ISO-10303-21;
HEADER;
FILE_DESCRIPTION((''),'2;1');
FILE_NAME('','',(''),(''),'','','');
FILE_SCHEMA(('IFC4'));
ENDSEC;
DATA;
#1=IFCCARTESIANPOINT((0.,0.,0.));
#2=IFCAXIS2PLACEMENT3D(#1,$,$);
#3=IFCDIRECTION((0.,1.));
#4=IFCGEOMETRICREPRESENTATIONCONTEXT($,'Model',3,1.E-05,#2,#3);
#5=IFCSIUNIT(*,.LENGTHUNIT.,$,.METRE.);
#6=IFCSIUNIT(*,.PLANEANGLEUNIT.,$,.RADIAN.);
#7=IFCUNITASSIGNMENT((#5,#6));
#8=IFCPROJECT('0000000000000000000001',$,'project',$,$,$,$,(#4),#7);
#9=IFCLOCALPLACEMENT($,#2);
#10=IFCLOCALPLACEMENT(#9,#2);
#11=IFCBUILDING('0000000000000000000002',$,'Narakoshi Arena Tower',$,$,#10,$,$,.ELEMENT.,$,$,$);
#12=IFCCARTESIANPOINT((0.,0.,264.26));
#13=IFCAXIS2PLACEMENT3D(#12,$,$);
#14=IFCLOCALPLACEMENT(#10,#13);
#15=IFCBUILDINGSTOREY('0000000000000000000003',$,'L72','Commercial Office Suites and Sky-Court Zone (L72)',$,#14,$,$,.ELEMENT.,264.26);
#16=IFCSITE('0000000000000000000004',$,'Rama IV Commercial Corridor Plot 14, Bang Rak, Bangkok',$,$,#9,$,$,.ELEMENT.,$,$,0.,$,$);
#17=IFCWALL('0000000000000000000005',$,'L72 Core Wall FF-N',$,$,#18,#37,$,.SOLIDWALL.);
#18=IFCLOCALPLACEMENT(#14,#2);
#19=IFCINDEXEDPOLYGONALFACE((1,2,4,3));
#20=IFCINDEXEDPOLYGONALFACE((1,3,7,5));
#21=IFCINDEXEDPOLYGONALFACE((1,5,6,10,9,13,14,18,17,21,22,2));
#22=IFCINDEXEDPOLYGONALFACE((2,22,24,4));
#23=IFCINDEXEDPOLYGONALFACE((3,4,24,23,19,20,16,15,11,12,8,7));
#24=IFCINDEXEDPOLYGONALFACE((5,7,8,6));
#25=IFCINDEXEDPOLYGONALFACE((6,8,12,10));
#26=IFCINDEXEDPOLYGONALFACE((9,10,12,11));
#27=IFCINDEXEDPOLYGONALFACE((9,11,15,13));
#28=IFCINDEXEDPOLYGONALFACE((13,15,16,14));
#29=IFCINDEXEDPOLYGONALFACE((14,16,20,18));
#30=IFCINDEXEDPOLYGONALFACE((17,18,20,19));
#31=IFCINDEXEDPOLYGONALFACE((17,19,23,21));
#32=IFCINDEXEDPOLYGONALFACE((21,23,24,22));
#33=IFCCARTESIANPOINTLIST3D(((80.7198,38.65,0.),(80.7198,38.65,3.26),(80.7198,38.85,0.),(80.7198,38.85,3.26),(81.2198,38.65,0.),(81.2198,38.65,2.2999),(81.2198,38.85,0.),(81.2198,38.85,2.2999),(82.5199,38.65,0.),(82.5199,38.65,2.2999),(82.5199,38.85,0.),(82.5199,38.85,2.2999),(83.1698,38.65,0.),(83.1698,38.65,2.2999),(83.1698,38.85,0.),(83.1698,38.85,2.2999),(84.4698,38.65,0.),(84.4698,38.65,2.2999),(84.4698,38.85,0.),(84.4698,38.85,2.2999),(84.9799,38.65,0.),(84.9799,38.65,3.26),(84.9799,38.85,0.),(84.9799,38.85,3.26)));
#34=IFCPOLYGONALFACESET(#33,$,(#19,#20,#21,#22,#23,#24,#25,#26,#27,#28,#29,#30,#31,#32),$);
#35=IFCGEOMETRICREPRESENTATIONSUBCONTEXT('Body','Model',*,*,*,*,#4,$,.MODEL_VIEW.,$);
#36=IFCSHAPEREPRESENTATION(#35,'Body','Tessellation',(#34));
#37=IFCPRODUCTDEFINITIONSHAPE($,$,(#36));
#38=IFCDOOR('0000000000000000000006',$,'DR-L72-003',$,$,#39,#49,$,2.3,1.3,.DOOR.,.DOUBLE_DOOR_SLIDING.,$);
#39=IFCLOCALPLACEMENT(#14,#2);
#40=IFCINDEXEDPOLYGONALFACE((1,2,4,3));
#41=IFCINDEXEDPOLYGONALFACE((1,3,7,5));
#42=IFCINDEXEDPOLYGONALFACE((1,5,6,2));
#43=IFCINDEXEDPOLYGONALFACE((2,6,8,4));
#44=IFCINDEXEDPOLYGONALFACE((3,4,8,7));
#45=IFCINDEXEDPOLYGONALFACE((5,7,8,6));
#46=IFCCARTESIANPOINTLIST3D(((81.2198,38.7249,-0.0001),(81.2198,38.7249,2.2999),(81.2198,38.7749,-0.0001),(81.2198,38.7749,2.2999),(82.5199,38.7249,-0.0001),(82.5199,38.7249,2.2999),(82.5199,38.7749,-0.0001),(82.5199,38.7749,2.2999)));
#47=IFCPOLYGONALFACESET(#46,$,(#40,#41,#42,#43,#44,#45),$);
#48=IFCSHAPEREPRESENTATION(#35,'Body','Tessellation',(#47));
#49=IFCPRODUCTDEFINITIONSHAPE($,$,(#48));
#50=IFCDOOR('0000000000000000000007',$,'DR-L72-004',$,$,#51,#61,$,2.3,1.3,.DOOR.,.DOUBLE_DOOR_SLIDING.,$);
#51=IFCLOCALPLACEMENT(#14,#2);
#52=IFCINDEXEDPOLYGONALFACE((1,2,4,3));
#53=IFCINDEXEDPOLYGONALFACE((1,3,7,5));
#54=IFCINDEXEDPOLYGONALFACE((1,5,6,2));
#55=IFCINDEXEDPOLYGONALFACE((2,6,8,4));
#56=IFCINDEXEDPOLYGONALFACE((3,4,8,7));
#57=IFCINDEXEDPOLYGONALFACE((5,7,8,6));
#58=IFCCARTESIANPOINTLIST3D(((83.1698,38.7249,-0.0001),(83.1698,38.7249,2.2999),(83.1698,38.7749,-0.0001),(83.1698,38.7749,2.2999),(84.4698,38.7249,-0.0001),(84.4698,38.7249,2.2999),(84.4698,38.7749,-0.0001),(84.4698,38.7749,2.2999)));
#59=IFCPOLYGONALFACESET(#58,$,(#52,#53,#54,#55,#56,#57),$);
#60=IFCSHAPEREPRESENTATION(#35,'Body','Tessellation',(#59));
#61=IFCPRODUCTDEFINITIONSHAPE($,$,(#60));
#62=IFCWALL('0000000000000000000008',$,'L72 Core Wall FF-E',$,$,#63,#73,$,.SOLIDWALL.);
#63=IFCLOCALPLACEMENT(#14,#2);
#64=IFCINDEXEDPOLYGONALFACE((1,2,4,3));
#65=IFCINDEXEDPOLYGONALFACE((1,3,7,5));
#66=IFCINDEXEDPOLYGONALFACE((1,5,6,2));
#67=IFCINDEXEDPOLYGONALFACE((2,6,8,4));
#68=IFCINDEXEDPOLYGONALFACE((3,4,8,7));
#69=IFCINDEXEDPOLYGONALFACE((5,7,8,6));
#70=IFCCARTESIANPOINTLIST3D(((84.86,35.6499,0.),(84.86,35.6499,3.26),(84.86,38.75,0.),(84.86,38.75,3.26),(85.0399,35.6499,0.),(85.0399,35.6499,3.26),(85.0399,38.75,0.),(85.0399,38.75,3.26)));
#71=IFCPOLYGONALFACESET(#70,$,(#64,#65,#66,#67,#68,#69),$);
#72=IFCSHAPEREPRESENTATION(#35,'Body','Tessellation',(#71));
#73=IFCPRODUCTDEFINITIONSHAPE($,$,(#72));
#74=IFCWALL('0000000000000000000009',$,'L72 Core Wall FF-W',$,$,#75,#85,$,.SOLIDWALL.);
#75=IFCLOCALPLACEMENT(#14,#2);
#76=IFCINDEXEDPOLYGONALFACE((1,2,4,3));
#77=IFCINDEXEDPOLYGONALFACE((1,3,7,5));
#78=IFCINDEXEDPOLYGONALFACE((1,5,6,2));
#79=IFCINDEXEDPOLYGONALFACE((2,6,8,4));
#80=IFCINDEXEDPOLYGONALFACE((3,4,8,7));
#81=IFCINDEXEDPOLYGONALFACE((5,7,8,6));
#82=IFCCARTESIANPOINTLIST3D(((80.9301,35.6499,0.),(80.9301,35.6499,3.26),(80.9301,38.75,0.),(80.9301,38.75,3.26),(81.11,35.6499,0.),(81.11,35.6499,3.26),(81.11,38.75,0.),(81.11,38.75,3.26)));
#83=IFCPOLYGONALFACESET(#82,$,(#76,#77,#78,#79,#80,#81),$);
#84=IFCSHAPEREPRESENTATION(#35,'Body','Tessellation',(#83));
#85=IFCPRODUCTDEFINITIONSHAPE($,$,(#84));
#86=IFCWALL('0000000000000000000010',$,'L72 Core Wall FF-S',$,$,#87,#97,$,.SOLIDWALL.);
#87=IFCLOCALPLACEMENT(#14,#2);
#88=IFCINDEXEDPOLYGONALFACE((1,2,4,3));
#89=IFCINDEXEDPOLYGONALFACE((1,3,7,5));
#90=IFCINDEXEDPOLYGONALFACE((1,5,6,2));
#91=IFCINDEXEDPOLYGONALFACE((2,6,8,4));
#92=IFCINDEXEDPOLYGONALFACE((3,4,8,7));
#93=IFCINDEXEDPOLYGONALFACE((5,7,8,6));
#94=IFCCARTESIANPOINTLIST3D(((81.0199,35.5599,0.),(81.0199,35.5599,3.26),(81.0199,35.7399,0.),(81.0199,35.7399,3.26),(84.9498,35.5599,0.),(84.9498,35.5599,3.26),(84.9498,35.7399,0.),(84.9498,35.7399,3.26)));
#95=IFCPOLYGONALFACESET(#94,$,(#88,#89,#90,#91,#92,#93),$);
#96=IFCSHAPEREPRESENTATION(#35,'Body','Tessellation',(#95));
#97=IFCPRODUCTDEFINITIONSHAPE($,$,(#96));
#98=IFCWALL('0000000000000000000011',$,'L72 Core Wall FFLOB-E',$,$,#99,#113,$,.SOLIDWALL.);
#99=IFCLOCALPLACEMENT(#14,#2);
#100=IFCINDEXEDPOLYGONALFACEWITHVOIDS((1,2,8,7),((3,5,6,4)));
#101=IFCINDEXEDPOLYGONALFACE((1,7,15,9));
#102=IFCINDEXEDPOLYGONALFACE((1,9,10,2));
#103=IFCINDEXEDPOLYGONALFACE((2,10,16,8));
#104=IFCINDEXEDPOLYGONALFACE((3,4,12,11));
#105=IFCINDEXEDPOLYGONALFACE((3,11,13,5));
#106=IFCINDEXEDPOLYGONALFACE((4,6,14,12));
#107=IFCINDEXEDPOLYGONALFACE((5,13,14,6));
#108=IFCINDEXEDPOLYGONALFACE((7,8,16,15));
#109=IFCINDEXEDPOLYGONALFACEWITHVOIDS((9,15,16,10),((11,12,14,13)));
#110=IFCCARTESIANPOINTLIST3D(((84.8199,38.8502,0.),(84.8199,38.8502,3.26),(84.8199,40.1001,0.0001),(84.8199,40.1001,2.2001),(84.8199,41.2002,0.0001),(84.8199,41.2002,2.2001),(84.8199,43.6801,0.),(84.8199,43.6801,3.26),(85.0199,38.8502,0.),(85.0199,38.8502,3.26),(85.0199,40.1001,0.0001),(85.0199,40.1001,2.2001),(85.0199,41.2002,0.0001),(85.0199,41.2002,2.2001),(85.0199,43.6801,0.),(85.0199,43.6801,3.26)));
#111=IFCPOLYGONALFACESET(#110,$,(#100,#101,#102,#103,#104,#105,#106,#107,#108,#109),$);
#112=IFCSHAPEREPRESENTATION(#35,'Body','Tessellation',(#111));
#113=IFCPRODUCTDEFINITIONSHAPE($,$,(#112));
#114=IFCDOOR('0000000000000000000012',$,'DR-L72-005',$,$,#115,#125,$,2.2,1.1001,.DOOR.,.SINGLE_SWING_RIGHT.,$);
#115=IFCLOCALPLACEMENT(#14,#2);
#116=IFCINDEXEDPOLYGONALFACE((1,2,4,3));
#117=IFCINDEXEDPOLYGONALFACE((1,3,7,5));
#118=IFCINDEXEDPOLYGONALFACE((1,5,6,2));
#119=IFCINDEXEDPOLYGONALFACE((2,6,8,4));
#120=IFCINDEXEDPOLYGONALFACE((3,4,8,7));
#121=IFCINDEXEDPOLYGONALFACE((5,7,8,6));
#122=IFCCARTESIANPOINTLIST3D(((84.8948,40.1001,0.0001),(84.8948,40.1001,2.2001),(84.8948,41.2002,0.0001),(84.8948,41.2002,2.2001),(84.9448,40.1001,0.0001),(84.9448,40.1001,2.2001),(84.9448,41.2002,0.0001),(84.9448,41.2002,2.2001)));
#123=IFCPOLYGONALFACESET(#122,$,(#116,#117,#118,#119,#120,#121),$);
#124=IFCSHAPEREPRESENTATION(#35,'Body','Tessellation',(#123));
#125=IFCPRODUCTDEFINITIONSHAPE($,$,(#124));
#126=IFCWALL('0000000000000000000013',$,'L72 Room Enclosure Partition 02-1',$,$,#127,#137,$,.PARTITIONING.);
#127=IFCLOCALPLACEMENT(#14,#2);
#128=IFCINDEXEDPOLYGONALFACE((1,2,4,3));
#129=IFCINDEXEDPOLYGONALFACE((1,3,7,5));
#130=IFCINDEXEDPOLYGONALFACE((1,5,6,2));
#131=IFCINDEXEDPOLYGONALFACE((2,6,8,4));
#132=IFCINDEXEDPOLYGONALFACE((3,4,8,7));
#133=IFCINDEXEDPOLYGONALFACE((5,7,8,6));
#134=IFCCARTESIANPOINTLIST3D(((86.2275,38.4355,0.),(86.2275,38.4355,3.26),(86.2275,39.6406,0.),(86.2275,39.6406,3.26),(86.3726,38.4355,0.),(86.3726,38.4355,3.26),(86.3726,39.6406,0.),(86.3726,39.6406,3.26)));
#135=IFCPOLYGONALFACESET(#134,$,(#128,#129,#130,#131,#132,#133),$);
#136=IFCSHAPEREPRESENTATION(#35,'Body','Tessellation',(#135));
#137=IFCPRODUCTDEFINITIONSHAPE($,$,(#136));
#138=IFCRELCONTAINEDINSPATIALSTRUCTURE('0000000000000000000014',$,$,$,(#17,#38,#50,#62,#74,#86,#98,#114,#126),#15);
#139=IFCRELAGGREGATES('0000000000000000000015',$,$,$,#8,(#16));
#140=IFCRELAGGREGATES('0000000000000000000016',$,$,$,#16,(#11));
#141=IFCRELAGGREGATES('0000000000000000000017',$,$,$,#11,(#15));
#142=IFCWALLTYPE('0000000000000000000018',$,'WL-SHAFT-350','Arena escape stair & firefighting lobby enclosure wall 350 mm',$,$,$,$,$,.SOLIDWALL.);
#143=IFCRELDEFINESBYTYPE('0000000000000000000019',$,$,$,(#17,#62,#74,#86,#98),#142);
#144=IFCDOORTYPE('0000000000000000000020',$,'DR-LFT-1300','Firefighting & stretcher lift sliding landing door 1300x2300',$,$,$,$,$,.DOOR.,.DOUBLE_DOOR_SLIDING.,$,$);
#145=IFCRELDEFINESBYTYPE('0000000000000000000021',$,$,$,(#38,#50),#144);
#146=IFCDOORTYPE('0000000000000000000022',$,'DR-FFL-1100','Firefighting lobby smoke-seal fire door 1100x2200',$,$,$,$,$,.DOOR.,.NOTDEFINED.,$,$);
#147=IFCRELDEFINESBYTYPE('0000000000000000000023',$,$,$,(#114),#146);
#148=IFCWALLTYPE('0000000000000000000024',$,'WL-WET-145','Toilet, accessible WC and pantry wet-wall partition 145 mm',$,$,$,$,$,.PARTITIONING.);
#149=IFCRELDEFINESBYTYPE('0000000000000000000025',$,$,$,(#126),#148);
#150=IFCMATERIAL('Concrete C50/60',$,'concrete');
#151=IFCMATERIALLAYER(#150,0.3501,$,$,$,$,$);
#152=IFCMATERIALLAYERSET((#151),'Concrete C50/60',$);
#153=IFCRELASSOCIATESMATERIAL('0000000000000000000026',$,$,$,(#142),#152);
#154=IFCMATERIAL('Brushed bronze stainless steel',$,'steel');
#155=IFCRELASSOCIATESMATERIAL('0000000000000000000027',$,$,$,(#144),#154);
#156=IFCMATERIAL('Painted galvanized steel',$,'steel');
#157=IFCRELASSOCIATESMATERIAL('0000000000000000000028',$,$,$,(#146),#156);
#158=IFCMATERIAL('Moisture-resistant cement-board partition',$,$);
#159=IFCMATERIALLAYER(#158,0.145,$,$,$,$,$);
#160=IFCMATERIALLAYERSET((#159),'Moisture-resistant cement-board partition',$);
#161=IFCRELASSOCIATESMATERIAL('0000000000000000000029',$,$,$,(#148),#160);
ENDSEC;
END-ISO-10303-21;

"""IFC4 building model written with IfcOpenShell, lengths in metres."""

from ifc_helpers import new_model, si_unit, direction, frame, frame_2d, origin, place, context, subcontext, project, spatial, rectangle, extrude, material, layer, layer_set, type_object, element, fill, save


model = new_model("IFC4")

# Units and contexts
model_context = context("Model", 3, precision=1e-05, world=origin(), true_north=direction((0.0, 1.0)))
body_context = subcontext(model_context, "Body", "Model", "MODEL_VIEW")
ifc_project = project(units=[si_unit("LENGTHUNIT", "METRE"), si_unit("PLANEANGLEUNIT", "RADIAN")], contexts=[model_context])

# Site, building, storey
site_placement = place(None, origin())
site = spatial("IfcSite", under=ifc_project, at=site_placement, Name="Rama IV Commercial Corridor Plot 14, Bang Rak, Bangkok", CompositionType="ELEMENT", RefElevation=0.0)
building_placement = place(site_placement, origin())
building = spatial("IfcBuilding", under=site, at=building_placement, Name="Narakoshi Arena Tower", CompositionType="ELEMENT")
storey_placement = place(building_placement, frame((0.0, 0.0, 264.26)))
storey = spatial("IfcBuildingStorey", under=building, at=storey_placement, Name="L72", Description="Commercial Office Suites and Sky-Court Zone (L72)", CompositionType="ELEMENT", Elevation=264.26)

# Shared definitions
ifc_material_1 = material(Name="Concrete C50/60", Category="concrete")

# Shared definitions
ifc_layer_1 = layer(ifc_material_1, 0.3501)
ifc_layer_set_1 = layer_set([ifc_layer_1], Name="Concrete C50/60")
wall_type_1 = type_object("IfcWallType", Name="WL-SHAFT-350", Description="Arena escape stair & firefighting lobby enclosure wall 350 mm", PredefinedType="SOLIDWALL", material=ifc_layer_set_1)

# Shared definitions
ifc_material_2 = material(Name="Painted galvanized steel", Category="steel")

# Wall, openings, doors
wall_1_placement = place(storey_placement, frame((80.72, 38.75, 0.0), z_axis=(0.0, 0.0, 1.0), x_axis=(1.0, 0.0, 0.0)))
wall_1 = element("IfcWall", 1, at=wall_1_placement, inside=storey, type_object=wall_type_1, Name="L72 Core Wall FF-N", PredefinedType="SOLIDWALL", context=body_context, shape_type="SweptSolid", body=[
    extrude(rectangle(XDim=4.26, YDim=0.2, at=frame_2d((2.1299, 0.0))), origin(), (0.0, 0.0, 1.0), 3.26),
])
opening_1_placement = place(wall_1_placement, frame((0.5, 0.0, 0.0)))
opening_1 = element("IfcOpeningElement", 2, at=opening_1_placement, cuts=wall_1, PredefinedType="OPENING", context=body_context, shape_type="SweptSolid", body=[
    extrude(rectangle(XDim=1.3, YDim=2.3, at=frame_2d((0.6499, 1.1499))), frame((0.0, 0.1099, 0.0), z_axis=(0.0, -1.0, 0.0), x_axis=(1.0, 0.0, 0.0)), (0.0, 0.0, 1.0), 0.22),
])
opening_2_placement = place(wall_1_placement, frame((2.45, 0.0, 0.0)))
opening_2 = element("IfcOpeningElement", 3, at=opening_2_placement, cuts=wall_1, PredefinedType="OPENING", context=body_context, shape_type="SweptSolid", body=[
    extrude(rectangle(XDim=1.3, YDim=2.3, at=frame_2d((0.6499, 1.1499))), frame((0.0, 0.1099, 0.0), z_axis=(0.0, -1.0, 0.0), x_axis=(1.0, 0.0, 0.0)), (0.0, 0.0, 1.0), 0.22),
])
ifc_material_3 = material(Name="Brushed bronze stainless steel", Category="steel")
door_type_1 = type_object("IfcDoorType", Name="DR-LFT-1300", Description="Firefighting & stretcher lift sliding landing door 1300x2300", OperationType="DOUBLE_DOOR_SLIDING", PredefinedType="DOOR", material=ifc_material_3)
door_1_placement = place(opening_1_placement, origin())
door_1 = element("IfcDoor", 4, at=door_1_placement, inside=storey, type_object=door_type_1, Name="DR-L72-003", OperationType="DOUBLE_DOOR_SLIDING", OverallHeight=2.3, OverallWidth=1.3, PredefinedType="DOOR", context=body_context, shape_type="SweptSolid", body=[
    extrude(rectangle(XDim=1.3, YDim=2.3, at=frame_2d((0.6499, 1.1499))), frame((0.0, 0.0249, 0.0), z_axis=(0.0, -1.0, 0.0), x_axis=(1.0, 0.0, 0.0)), (0.0, 0.0, 1.0), 0.05),
])
fill(opening_1, door_1)
door_2_placement = place(opening_2_placement, origin())
door_2 = element("IfcDoor", 5, at=door_2_placement, inside=storey, type_object=door_type_1, Name="DR-L72-004", OperationType="DOUBLE_DOOR_SLIDING", OverallHeight=2.3, OverallWidth=1.3, PredefinedType="DOOR", context=body_context, shape_type="SweptSolid", body=[
    extrude(rectangle(XDim=1.3, YDim=2.3, at=frame_2d((0.6499, 1.1499))), frame((0.0, 0.0249, 0.0), z_axis=(0.0, -1.0, 0.0), x_axis=(1.0, 0.0, 0.0)), (0.0, 0.0, 1.0), 0.05),
])
fill(opening_2, door_2)

# Walls
for number, where, z_axis, x_axis, name in (
    (6, (84.95, 35.6499, 0.0), (0.0, 0.0, 1.0), (0.0, 1.0, 0.0), "L72 Core Wall FF-E"),
    (7, (81.02, 35.6499, 0.0), (0.0, 0.0, 1.0), (0.0, 1.0, 0.0), "L72 Core Wall FF-W"),
):
    element("IfcWall", number, at=place(storey_placement, frame(where, z_axis=z_axis, x_axis=x_axis)), inside=storey, type_object=wall_type_1, Name=name, PredefinedType="SOLIDWALL", context=body_context, shape_type="SweptSolid", body=[
        extrude(rectangle(XDim=3.1001, YDim=0.1799, at=frame_2d((1.55, 0.0))), origin(), (0.0, 0.0, 1.0), 3.26),
    ])
wall_2_placement = place(storey_placement, frame((81.02, 35.6499, 0.0), z_axis=(0.0, 0.0, 1.0), x_axis=(1.0, 0.0, 0.0)))
element("IfcWall", 8, at=wall_2_placement, inside=storey, type_object=wall_type_1, Name="L72 Core Wall FF-S", PredefinedType="SOLIDWALL", context=body_context, shape_type="SweptSolid", body=[
    extrude(rectangle(XDim=3.9299, YDim=0.1799, at=frame_2d((1.9648, 0.0))), origin(), (0.0, 0.0, 1.0), 3.26),
])

# Wall, opening, door
wall_3_placement = place(storey_placement, frame((84.9199, 38.8501, 0.0), z_axis=(0.0, 0.0, 1.0), x_axis=(0.0, 1.0, 0.0)))
wall_3 = element("IfcWall", 9, at=wall_3_placement, inside=storey, type_object=wall_type_1, Name="L72 Core Wall FFLOB-E", PredefinedType="SOLIDWALL", context=body_context, shape_type="SweptSolid", body=[
    extrude(rectangle(XDim=4.8298, YDim=0.2, at=frame_2d((2.415, 0.0))), origin(), (0.0, 0.0, 1.0), 3.26),
])
opening_3_placement = place(wall_3_placement, frame((1.25, 0.0, 0.0)))
opening_3 = element("IfcOpeningElement", 10, at=opening_3_placement, cuts=wall_3, PredefinedType="OPENING", context=body_context, shape_type="SweptSolid", body=[
    extrude(rectangle(XDim=1.1001, YDim=2.2, at=frame_2d((0.55, 1.1001))), frame((0.0, 0.1099, 0.0), z_axis=(0.0, -1.0, 0.0), x_axis=(1.0, 0.0, 0.0)), (0.0, 0.0, 1.0), 0.22),
])
door_type_2 = type_object("IfcDoorType", Name="DR-FFL-1100", Description="Firefighting lobby smoke-seal fire door 1100x2200", OperationType="NOTDEFINED", PredefinedType="DOOR", material=ifc_material_2)
door_3_placement = place(opening_3_placement, frame((1.1001, 0.0, 0.0), z_axis=(0.0, 0.0, 1.0), x_axis=(-1.0, 0.0, 0.0)))
door_3 = element("IfcDoor", 11, at=door_3_placement, inside=storey, type_object=door_type_2, Name="DR-L72-005", OperationType="SINGLE_SWING_RIGHT", OverallHeight=2.2, OverallWidth=1.1001, PredefinedType="DOOR", context=body_context, shape_type="SweptSolid", body=[
    extrude(rectangle(XDim=1.1001, YDim=2.2, at=frame_2d((0.55, 1.1001))), frame((0.0, 0.0249, 0.0), z_axis=(0.0, -1.0, 0.0), x_axis=(1.0, 0.0, 0.0)), (0.0, 0.0, 1.0), 0.05),
])
fill(opening_3, door_3)

# Wall
ifc_material_4 = material(Name="Moisture-resistant cement-board partition")
ifc_layer_2 = layer(ifc_material_4, 0.145)
ifc_layer_set_2 = layer_set([ifc_layer_2], Name="Moisture-resistant cement-board partition")
wall_type_2 = type_object("IfcWallType", Name="WL-WET-145", Description="Toilet, accessible WC and pantry wet-wall partition 145 mm", PredefinedType="PARTITIONING", material=ifc_layer_set_2)
wall_4_placement = place(storey_placement, frame((86.3, 38.4355, 0.0), z_axis=(0.0, 0.0, 1.0), x_axis=(0.0, 1.0, 0.0)))
element("IfcWall", 12, at=wall_4_placement, inside=storey, type_object=wall_type_2, Name="L72 Room Enclosure Partition 02-1", PredefinedType="PARTITIONING", context=body_context, shape_type="SweptSolid", body=[
    extrude(rectangle(XDim=1.2051, YDim=0.145, at=frame_2d((0.6025, 0.0))), origin(), (0.0, 0.0, 1.0), 3.26),
])

save(model, "model.ifc")
